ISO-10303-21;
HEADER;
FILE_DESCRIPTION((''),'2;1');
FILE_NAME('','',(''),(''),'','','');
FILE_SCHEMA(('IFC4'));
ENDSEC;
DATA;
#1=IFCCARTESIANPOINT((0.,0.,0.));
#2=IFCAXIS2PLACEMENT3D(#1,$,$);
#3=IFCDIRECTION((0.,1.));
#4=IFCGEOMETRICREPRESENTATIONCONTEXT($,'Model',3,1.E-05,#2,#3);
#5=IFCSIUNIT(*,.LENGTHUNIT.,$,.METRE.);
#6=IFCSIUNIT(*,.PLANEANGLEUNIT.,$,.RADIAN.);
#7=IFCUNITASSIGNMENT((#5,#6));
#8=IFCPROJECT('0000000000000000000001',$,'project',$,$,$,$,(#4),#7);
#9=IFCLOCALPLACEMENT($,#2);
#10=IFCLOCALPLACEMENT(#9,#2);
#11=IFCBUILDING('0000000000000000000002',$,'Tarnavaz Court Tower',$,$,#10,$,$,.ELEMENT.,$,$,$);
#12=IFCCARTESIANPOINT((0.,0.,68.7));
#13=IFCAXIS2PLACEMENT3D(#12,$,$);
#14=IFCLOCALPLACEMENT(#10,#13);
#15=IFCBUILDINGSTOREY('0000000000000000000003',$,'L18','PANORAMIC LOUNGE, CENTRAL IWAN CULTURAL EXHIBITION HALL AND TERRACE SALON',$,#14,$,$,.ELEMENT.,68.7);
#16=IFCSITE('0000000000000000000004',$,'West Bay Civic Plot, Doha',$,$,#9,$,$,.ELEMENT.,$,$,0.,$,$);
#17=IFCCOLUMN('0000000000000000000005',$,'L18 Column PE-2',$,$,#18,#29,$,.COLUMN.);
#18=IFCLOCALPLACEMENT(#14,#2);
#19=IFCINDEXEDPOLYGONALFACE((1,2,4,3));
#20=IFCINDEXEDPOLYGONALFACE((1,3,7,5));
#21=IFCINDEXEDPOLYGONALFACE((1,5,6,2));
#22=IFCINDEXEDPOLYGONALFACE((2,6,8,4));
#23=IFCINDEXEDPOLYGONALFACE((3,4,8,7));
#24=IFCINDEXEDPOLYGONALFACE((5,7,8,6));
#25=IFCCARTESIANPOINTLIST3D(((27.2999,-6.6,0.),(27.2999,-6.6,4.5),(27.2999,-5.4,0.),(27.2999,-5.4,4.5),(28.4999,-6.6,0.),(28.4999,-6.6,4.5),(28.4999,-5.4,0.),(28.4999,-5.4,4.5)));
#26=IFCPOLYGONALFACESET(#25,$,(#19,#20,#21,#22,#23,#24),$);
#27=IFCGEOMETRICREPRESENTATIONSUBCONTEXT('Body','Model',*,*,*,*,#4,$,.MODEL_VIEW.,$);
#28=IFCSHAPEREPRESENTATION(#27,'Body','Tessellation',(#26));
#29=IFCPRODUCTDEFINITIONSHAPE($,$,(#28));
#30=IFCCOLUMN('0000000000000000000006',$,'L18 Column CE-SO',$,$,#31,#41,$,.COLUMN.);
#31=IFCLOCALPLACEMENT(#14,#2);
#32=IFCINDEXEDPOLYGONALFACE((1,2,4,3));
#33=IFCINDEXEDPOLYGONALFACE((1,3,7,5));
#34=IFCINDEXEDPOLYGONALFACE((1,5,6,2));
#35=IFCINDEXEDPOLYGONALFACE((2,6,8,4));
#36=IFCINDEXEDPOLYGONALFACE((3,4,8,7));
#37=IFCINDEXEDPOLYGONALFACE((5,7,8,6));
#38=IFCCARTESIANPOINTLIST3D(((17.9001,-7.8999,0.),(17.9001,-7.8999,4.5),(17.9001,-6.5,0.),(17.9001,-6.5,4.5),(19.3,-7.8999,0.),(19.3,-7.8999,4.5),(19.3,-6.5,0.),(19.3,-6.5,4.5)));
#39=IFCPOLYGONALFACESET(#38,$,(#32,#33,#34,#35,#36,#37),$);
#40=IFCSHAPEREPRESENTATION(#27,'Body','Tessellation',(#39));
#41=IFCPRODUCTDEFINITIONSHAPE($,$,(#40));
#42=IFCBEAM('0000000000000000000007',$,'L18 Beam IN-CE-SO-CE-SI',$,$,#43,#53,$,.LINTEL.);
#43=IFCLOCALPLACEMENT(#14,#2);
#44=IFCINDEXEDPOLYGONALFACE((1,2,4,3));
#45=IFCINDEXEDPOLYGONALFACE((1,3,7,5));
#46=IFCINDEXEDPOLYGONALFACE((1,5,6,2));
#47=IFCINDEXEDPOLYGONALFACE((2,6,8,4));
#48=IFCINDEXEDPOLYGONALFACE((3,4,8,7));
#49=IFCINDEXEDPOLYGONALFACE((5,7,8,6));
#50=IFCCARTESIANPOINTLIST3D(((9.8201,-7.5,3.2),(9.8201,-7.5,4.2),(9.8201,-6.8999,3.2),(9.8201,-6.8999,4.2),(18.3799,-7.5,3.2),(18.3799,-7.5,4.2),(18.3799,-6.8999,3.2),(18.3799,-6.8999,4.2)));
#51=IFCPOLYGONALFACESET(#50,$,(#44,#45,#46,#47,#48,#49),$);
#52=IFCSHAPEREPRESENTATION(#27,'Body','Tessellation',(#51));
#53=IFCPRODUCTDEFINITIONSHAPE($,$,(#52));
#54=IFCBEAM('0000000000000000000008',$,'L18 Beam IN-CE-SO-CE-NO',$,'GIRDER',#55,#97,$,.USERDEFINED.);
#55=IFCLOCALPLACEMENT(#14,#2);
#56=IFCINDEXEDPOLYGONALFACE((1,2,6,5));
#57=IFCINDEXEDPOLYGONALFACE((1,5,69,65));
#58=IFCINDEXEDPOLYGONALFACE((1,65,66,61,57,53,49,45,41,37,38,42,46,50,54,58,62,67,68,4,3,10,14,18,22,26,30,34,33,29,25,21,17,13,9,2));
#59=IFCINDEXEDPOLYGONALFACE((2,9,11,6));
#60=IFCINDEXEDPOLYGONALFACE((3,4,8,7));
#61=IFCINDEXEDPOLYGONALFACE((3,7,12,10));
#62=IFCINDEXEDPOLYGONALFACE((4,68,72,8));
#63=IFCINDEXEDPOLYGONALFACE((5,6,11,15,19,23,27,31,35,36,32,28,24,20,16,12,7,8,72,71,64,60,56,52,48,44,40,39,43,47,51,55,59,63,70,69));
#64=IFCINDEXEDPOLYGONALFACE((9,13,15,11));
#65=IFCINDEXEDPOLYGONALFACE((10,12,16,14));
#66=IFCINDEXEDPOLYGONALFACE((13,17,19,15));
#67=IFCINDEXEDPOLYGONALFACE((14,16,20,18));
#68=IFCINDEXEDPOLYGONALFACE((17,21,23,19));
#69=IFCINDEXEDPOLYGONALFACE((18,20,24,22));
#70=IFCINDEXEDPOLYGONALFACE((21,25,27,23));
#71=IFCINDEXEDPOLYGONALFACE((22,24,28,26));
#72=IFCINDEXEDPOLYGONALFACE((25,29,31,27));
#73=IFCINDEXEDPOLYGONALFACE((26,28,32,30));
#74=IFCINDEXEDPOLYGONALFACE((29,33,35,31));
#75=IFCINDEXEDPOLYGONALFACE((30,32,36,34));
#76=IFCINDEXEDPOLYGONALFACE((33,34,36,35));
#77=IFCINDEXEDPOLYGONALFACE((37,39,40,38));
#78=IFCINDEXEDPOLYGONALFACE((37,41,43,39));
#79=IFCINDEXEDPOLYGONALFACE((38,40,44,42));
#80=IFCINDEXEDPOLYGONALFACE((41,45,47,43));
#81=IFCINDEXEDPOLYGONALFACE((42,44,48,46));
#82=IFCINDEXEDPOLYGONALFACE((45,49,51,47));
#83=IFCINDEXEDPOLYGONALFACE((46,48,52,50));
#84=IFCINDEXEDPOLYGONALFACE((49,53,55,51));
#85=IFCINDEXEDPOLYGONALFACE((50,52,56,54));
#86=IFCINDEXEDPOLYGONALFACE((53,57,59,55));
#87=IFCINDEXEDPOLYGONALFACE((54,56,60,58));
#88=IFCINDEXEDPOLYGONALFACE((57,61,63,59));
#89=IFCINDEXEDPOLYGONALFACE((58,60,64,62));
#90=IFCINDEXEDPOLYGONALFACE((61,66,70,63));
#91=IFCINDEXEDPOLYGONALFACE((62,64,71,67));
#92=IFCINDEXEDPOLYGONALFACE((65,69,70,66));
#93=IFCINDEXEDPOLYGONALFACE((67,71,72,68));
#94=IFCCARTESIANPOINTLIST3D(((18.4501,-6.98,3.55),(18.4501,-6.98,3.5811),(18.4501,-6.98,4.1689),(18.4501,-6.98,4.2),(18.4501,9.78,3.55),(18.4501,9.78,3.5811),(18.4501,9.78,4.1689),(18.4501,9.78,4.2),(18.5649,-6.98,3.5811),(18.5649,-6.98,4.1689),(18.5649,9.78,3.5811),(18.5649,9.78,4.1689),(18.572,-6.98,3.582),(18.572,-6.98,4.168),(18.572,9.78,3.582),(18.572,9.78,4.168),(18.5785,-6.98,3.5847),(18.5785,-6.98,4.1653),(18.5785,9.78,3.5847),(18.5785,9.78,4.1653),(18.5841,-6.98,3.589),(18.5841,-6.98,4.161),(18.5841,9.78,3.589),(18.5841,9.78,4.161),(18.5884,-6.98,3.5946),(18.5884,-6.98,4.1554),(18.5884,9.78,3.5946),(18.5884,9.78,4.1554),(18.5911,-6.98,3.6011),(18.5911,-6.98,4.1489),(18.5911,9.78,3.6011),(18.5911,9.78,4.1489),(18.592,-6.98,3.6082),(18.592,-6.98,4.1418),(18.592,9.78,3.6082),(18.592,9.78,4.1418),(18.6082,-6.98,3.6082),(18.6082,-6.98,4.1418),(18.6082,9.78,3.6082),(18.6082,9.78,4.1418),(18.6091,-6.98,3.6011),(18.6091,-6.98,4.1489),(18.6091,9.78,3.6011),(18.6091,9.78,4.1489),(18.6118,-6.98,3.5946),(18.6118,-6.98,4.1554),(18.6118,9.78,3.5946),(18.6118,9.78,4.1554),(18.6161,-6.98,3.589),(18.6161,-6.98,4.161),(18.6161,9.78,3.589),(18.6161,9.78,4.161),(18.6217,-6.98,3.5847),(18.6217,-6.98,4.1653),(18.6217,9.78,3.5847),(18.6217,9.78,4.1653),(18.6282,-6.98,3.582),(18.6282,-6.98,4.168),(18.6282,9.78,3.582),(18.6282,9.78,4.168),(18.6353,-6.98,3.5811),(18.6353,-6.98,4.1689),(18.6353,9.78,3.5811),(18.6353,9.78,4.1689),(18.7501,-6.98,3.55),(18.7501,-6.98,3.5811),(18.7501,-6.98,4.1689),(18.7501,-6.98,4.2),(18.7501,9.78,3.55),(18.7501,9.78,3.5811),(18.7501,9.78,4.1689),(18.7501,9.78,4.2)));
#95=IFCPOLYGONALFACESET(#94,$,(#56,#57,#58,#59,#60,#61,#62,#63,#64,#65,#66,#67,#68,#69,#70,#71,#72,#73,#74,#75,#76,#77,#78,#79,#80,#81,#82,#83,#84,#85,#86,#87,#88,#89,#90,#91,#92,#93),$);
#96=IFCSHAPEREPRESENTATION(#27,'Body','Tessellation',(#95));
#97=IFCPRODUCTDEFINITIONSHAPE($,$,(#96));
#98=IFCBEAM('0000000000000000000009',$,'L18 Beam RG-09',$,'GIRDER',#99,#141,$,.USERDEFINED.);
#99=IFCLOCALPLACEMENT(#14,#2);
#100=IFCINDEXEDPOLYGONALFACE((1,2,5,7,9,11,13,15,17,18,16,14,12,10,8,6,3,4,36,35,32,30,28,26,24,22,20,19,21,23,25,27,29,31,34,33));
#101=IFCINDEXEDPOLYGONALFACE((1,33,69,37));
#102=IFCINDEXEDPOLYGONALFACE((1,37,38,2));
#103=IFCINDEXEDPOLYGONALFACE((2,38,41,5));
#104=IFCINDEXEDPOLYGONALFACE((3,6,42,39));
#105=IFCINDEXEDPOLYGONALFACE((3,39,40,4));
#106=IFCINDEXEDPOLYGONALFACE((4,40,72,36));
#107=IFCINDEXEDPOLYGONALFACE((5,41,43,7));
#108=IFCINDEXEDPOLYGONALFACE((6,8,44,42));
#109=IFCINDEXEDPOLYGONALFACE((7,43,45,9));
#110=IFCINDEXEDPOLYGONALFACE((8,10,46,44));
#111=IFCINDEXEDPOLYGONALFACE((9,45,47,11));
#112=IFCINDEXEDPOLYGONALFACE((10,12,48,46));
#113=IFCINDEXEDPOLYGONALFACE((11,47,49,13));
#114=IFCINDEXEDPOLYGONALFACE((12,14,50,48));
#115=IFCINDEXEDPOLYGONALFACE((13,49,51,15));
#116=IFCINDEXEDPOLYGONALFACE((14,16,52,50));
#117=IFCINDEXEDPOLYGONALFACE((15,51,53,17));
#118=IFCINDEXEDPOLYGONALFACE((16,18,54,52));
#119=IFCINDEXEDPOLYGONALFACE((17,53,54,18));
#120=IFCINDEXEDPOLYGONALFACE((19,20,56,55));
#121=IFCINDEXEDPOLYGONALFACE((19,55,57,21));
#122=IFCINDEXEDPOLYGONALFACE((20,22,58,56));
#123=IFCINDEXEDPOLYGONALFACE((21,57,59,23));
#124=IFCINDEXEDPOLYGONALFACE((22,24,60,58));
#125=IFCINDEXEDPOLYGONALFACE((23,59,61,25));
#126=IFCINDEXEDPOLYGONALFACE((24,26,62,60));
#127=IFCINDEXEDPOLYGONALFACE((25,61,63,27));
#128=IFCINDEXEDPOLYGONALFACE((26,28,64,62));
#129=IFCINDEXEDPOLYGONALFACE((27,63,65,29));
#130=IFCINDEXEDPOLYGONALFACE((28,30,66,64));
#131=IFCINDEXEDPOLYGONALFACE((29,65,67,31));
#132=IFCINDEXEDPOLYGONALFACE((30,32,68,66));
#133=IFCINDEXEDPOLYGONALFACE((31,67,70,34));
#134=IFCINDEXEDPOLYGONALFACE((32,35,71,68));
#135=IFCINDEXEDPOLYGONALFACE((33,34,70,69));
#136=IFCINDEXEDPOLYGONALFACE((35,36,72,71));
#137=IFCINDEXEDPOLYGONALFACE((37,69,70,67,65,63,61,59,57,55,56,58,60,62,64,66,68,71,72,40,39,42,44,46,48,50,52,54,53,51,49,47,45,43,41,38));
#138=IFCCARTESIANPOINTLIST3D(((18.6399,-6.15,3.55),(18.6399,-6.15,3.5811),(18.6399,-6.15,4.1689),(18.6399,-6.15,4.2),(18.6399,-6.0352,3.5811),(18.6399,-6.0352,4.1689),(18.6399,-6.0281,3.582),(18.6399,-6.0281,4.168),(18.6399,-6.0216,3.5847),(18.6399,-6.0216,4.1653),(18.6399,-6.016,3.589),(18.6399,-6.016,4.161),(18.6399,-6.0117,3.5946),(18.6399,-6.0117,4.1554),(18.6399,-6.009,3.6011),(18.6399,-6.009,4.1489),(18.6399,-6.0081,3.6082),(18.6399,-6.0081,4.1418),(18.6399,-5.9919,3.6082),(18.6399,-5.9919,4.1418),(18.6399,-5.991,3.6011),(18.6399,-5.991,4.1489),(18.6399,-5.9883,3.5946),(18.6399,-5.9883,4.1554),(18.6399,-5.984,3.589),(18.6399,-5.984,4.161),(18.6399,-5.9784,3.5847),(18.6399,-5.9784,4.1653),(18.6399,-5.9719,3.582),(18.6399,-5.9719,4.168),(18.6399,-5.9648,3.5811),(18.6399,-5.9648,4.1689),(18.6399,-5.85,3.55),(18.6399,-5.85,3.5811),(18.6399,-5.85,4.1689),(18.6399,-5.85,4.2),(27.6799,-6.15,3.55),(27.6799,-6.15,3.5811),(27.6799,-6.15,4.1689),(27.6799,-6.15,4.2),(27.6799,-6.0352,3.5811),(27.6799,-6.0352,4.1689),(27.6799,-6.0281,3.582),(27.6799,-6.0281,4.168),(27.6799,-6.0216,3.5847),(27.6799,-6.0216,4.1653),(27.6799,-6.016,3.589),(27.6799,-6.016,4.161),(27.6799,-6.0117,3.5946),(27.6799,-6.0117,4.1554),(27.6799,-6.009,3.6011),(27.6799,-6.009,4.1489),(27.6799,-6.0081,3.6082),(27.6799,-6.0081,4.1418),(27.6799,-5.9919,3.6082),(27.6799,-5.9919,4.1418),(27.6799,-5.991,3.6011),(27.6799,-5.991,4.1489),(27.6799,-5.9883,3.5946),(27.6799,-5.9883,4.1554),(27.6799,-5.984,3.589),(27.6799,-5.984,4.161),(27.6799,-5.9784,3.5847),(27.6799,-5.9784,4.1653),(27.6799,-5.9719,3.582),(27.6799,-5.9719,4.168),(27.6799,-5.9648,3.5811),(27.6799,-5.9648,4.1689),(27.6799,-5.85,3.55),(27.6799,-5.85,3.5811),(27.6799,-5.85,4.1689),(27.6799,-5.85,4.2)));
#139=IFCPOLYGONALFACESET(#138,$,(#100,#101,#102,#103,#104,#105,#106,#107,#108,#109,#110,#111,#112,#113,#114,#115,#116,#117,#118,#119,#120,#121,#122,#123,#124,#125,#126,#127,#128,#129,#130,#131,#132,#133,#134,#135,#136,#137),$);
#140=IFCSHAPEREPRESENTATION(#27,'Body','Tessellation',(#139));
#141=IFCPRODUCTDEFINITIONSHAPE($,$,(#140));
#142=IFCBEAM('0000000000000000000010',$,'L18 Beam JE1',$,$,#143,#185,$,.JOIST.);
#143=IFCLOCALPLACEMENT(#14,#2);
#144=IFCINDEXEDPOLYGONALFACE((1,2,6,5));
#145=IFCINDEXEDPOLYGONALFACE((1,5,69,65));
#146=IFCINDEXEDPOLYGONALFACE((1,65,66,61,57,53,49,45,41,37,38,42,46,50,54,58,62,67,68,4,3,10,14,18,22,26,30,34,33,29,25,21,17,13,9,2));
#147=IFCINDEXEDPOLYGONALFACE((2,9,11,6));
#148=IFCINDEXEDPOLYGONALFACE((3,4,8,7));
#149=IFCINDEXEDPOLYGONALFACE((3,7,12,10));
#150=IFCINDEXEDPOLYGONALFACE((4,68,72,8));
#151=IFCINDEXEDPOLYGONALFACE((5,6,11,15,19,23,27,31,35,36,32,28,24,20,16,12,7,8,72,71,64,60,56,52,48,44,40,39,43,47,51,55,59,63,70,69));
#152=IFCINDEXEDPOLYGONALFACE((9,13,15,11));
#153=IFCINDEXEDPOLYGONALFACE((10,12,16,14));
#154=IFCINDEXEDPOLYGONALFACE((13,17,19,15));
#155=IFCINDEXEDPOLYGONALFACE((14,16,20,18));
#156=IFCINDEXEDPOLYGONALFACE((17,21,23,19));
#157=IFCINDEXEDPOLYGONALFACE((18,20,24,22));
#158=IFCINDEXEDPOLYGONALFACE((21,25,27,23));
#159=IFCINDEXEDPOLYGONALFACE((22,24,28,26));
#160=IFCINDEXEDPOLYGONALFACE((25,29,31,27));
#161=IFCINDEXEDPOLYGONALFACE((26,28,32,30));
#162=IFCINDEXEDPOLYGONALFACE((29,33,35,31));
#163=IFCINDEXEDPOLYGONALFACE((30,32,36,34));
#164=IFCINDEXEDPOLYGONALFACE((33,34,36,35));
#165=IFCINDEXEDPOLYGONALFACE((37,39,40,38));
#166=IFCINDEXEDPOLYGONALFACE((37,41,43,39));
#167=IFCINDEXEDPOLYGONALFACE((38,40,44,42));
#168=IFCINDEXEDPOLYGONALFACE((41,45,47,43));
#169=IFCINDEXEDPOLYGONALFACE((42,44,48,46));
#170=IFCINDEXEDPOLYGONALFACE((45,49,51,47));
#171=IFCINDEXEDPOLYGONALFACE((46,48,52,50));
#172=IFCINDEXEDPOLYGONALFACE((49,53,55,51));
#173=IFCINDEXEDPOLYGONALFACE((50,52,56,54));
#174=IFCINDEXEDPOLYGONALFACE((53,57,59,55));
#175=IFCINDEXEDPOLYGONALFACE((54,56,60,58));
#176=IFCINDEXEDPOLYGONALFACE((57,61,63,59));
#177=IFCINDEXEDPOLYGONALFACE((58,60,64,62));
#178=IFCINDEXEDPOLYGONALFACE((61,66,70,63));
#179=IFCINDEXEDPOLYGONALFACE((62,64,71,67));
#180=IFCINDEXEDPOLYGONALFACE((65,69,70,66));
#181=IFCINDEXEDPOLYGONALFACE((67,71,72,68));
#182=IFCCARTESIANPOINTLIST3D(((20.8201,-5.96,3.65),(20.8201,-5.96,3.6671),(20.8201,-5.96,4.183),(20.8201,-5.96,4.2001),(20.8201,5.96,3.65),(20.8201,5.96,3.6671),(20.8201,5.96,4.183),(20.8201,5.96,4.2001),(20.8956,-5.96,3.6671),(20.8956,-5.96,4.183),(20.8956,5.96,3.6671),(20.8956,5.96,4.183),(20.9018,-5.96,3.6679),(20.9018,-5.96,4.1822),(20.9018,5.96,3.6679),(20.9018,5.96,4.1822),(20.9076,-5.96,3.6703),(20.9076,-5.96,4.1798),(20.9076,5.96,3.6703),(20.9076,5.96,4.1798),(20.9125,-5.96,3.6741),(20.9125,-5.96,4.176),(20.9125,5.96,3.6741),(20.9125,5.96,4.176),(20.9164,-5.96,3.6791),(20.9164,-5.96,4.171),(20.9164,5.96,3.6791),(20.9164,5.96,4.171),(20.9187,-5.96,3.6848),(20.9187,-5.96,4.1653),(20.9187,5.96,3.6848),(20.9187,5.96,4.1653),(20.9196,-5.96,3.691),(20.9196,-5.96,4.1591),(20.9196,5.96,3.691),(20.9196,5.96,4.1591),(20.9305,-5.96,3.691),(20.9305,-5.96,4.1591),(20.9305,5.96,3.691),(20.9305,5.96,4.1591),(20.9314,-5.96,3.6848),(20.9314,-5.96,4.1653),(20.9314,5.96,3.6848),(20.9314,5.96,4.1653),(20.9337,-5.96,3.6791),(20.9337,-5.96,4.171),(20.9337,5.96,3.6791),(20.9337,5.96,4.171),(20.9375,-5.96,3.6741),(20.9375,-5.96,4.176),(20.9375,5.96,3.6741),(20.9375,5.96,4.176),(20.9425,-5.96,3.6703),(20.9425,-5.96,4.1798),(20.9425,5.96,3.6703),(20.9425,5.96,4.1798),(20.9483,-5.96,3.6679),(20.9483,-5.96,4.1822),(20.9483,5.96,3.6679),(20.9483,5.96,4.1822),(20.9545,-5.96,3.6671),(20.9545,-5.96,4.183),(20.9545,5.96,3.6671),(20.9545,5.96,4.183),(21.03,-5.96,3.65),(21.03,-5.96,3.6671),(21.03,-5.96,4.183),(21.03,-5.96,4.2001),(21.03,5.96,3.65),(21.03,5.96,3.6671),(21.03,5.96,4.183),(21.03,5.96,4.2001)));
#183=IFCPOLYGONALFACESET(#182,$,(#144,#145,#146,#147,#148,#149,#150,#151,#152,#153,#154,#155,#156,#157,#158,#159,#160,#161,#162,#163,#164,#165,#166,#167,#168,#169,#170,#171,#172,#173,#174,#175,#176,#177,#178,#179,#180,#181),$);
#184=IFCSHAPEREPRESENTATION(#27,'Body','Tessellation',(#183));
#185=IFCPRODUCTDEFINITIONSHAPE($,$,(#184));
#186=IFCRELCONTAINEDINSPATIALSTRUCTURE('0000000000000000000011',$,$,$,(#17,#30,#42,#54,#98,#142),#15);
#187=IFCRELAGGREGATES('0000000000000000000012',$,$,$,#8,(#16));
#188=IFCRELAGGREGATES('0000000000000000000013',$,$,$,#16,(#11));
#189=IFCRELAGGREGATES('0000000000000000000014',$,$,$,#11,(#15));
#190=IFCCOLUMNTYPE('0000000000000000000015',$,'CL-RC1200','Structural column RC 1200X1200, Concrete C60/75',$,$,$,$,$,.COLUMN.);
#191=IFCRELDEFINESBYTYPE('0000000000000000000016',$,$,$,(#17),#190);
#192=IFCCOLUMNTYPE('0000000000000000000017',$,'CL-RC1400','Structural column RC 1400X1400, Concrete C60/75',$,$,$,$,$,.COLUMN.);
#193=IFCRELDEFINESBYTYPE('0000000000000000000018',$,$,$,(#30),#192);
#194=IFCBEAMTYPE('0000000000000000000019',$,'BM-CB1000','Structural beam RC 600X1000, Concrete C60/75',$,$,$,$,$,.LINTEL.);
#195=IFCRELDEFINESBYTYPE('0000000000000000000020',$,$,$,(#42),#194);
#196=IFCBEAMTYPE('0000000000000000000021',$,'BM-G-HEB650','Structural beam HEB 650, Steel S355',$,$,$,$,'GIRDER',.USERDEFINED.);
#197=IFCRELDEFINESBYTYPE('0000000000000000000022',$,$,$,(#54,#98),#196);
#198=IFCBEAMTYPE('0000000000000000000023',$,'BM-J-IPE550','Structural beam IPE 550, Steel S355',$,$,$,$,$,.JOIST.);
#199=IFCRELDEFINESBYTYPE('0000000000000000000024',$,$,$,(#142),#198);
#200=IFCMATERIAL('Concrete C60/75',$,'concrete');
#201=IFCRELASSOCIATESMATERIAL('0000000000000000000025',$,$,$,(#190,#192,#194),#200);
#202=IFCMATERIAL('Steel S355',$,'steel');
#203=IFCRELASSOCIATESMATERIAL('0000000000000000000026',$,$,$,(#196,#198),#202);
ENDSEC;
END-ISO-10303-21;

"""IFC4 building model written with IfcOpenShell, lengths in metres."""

from ifc_helpers import new_model, si_unit, direction, frame, origin, origin_2d, place, context, subcontext, project, spatial, rectangle, i_section, extrude, material, material_profile, profile_set, type_object, element, save


model = new_model("IFC4")

# Units and contexts
model_context = context("Model", 3, precision=1e-05, world=origin(), true_north=direction((0.0, 1.0)))
body_context = subcontext(model_context, "Body", "Model", "MODEL_VIEW")
ifc_project = project(units=[si_unit("LENGTHUNIT", "METRE"), si_unit("PLANEANGLEUNIT", "RADIAN")], contexts=[model_context])

# Site, building, storey
site_placement = place(None, origin())
site = spatial("IfcSite", under=ifc_project, at=site_placement, Name="West Bay Civic Plot, Doha", CompositionType="ELEMENT", RefElevation=0.0)
building_placement = place(site_placement, origin())
building = spatial("IfcBuilding", under=site, at=building_placement, Name="Tarnavaz Court Tower", CompositionType="ELEMENT")
storey_placement = place(building_placement, frame((0.0, 0.0, 68.7)))
storey = spatial("IfcBuildingStorey", under=building, at=storey_placement, Name="L18", Description="PANORAMIC LOUNGE, CENTRAL IWAN CULTURAL EXHIBITION HALL AND TERRACE SALON", CompositionType="ELEMENT", Elevation=68.7)

# Columns
ifc_material_1 = material(Name="Concrete C60/75", Category="concrete")
ifc_material_profile_1 = material_profile(ifc_material_1, rectangle(XDim=1.2, YDim=1.2, at=origin_2d()), Name="RC 1200X1200")
ifc_profile_set_1 = profile_set([ifc_material_profile_1], Name="Concrete C60/75")
column_type_1 = type_object("IfcColumnType", Name="CL-RC1200", Description="Structural column RC 1200X1200, Concrete C60/75", PredefinedType="COLUMN", material=ifc_profile_set_1)
column_1_placement = place(storey_placement, frame((27.8999, -6.0, 0.0), z_axis=(0.0, 0.0, 1.0), x_axis=(1.0, 0.0, 0.0)))
element("IfcColumn", 1, at=column_1_placement, inside=storey, type_object=column_type_1, Name="L18 Column PE-2", PredefinedType="COLUMN", context=body_context, shape_type="SweptSolid", body=[
    extrude(rectangle(XDim=1.2, YDim=1.2, at=origin_2d()), origin(), (0.0, 0.0, 1.0), 4.5),
])
ifc_material_profile_2 = material_profile(ifc_material_1, rectangle(XDim=1.3999, YDim=1.3999, at=origin_2d()), Name="RC 1400X1400")
ifc_profile_set_2 = profile_set([ifc_material_profile_2], Name="Concrete C60/75")
column_type_2 = type_object("IfcColumnType", Name="CL-RC1400", Description="Structural column RC 1400X1400, Concrete C60/75", PredefinedType="COLUMN", material=ifc_profile_set_2)
column_2_placement = place(storey_placement, frame((18.6001, -7.2, 0.0), z_axis=(0.0, 0.0, 1.0), x_axis=(1.0, 0.0, 0.0)))
element("IfcColumn", 2, at=column_2_placement, inside=storey, type_object=column_type_2, Name="L18 Column CE-SO", PredefinedType="COLUMN", context=body_context, shape_type="SweptSolid", body=[
    extrude(rectangle(XDim=1.3999, YDim=1.3999, at=origin_2d()), origin(), (0.0, 0.0, 1.0), 4.5),
])

# Beams
ifc_material_profile_3 = material_profile(ifc_material_1, rectangle(XDim=0.6001, YDim=1.0, at=origin_2d()), Name="RC 600X1000")
ifc_profile_set_3 = profile_set([ifc_material_profile_3], Name="Concrete C60/75")
beam_type_1 = type_object("IfcBeamType", Name="BM-CB1000", Description="Structural beam RC 600X1000, Concrete C60/75", PredefinedType="LINTEL", material=ifc_profile_set_3)
beam_1_placement = place(storey_placement, frame((18.3799, -7.2, 3.7), z_axis=(-1.0, 0.0, 0.0), x_axis=(0.0, -1.0, 0.0)))
element("IfcBeam", 3, at=beam_1_placement, inside=storey, type_object=beam_type_1, Name="L18 Beam IN-CE-SO-CE-SI", PredefinedType="LINTEL", context=body_context, shape_type="SweptSolid", body=[
    extrude(rectangle(XDim=0.6001, YDim=1.0, at=origin_2d()), origin(), (0.0, 0.0, 1.0), 8.5598),
])
ifc_material_2 = material(Name="Steel S355", Category="steel")
ifc_material_profile_4 = material_profile(ifc_material_2, i_section(OverallWidth=0.3, OverallDepth=0.6499, WebThickness=0.0161, FlangeThickness=0.031, FilletRadius=0.0271, at=origin_2d()), Name="HEB 650")
ifc_profile_set_4 = profile_set([ifc_material_profile_4], Name="Steel S355")
beam_type_2 = type_object("IfcBeamType", Name="BM-G-HEB650", Description="Structural beam HEB 650, Steel S355", ElementType="GIRDER", PredefinedType="USERDEFINED", material=ifc_profile_set_4)
beam_2_placement = place(storey_placement, frame((18.6001, -6.98, 3.875), z_axis=(0.0, 1.0, 0.0), x_axis=(-1.0, 0.0, 0.0)))
element("IfcBeam", 4, at=beam_2_placement, inside=storey, type_object=beam_type_2, Name="L18 Beam IN-CE-SO-CE-NO", ObjectType="GIRDER", PredefinedType="USERDEFINED", context=body_context, shape_type="SweptSolid", body=[
    extrude(i_section(OverallWidth=0.3, OverallDepth=0.6499, WebThickness=0.0161, FlangeThickness=0.031, FilletRadius=0.0271, at=origin_2d()), origin(), (0.0, 0.0, 1.0), 16.76),
])
beam_3_placement = place(storey_placement, frame((18.6399, -6.0, 3.875), z_axis=(1.0, 0.0, 0.0), x_axis=(0.0, 1.0, 0.0)))
element("IfcBeam", 5, at=beam_3_placement, inside=storey, type_object=beam_type_2, Name="L18 Beam RG-09", ObjectType="GIRDER", PredefinedType="USERDEFINED", context=body_context, shape_type="SweptSolid", body=[
    extrude(i_section(OverallWidth=0.3, OverallDepth=0.6499, WebThickness=0.0161, FlangeThickness=0.031, FilletRadius=0.0271, at=origin_2d()), origin(), (0.0, 0.0, 1.0), 9.04),
])
ifc_material_profile_5 = material_profile(ifc_material_2, i_section(OverallWidth=0.21, OverallDepth=0.55, WebThickness=0.011, FlangeThickness=0.0171, FilletRadius=0.0239, at=origin_2d()), Name="IPE 550")
ifc_profile_set_5 = profile_set([ifc_material_profile_5], Name="Steel S355")
beam_type_3 = type_object("IfcBeamType", Name="BM-J-IPE550", Description="Structural beam IPE 550, Steel S355", PredefinedType="JOIST", material=ifc_profile_set_5)
for number, where, z_axis, x_axis, name in (
    (6, (20.925, -5.96, 3.925), (0.0, 1.0, 0.0), (-1.0, 0.0, 0.0), "L18 Beam JE1"),
):
    element("IfcBeam", number, at=place(storey_placement, frame(where, z_axis=z_axis, x_axis=x_axis)), inside=storey, type_object=beam_type_3, Name=name, PredefinedType="JOIST", context=body_context, shape_type="SweptSolid", body=[
        extrude(i_section(OverallWidth=0.21, OverallDepth=0.55, WebThickness=0.011, FlangeThickness=0.0171, FilletRadius=0.0239, at=origin_2d()), origin(), (0.0, 0.0, 1.0), 11.9199),
    ])

save(model, "model.ifc")
